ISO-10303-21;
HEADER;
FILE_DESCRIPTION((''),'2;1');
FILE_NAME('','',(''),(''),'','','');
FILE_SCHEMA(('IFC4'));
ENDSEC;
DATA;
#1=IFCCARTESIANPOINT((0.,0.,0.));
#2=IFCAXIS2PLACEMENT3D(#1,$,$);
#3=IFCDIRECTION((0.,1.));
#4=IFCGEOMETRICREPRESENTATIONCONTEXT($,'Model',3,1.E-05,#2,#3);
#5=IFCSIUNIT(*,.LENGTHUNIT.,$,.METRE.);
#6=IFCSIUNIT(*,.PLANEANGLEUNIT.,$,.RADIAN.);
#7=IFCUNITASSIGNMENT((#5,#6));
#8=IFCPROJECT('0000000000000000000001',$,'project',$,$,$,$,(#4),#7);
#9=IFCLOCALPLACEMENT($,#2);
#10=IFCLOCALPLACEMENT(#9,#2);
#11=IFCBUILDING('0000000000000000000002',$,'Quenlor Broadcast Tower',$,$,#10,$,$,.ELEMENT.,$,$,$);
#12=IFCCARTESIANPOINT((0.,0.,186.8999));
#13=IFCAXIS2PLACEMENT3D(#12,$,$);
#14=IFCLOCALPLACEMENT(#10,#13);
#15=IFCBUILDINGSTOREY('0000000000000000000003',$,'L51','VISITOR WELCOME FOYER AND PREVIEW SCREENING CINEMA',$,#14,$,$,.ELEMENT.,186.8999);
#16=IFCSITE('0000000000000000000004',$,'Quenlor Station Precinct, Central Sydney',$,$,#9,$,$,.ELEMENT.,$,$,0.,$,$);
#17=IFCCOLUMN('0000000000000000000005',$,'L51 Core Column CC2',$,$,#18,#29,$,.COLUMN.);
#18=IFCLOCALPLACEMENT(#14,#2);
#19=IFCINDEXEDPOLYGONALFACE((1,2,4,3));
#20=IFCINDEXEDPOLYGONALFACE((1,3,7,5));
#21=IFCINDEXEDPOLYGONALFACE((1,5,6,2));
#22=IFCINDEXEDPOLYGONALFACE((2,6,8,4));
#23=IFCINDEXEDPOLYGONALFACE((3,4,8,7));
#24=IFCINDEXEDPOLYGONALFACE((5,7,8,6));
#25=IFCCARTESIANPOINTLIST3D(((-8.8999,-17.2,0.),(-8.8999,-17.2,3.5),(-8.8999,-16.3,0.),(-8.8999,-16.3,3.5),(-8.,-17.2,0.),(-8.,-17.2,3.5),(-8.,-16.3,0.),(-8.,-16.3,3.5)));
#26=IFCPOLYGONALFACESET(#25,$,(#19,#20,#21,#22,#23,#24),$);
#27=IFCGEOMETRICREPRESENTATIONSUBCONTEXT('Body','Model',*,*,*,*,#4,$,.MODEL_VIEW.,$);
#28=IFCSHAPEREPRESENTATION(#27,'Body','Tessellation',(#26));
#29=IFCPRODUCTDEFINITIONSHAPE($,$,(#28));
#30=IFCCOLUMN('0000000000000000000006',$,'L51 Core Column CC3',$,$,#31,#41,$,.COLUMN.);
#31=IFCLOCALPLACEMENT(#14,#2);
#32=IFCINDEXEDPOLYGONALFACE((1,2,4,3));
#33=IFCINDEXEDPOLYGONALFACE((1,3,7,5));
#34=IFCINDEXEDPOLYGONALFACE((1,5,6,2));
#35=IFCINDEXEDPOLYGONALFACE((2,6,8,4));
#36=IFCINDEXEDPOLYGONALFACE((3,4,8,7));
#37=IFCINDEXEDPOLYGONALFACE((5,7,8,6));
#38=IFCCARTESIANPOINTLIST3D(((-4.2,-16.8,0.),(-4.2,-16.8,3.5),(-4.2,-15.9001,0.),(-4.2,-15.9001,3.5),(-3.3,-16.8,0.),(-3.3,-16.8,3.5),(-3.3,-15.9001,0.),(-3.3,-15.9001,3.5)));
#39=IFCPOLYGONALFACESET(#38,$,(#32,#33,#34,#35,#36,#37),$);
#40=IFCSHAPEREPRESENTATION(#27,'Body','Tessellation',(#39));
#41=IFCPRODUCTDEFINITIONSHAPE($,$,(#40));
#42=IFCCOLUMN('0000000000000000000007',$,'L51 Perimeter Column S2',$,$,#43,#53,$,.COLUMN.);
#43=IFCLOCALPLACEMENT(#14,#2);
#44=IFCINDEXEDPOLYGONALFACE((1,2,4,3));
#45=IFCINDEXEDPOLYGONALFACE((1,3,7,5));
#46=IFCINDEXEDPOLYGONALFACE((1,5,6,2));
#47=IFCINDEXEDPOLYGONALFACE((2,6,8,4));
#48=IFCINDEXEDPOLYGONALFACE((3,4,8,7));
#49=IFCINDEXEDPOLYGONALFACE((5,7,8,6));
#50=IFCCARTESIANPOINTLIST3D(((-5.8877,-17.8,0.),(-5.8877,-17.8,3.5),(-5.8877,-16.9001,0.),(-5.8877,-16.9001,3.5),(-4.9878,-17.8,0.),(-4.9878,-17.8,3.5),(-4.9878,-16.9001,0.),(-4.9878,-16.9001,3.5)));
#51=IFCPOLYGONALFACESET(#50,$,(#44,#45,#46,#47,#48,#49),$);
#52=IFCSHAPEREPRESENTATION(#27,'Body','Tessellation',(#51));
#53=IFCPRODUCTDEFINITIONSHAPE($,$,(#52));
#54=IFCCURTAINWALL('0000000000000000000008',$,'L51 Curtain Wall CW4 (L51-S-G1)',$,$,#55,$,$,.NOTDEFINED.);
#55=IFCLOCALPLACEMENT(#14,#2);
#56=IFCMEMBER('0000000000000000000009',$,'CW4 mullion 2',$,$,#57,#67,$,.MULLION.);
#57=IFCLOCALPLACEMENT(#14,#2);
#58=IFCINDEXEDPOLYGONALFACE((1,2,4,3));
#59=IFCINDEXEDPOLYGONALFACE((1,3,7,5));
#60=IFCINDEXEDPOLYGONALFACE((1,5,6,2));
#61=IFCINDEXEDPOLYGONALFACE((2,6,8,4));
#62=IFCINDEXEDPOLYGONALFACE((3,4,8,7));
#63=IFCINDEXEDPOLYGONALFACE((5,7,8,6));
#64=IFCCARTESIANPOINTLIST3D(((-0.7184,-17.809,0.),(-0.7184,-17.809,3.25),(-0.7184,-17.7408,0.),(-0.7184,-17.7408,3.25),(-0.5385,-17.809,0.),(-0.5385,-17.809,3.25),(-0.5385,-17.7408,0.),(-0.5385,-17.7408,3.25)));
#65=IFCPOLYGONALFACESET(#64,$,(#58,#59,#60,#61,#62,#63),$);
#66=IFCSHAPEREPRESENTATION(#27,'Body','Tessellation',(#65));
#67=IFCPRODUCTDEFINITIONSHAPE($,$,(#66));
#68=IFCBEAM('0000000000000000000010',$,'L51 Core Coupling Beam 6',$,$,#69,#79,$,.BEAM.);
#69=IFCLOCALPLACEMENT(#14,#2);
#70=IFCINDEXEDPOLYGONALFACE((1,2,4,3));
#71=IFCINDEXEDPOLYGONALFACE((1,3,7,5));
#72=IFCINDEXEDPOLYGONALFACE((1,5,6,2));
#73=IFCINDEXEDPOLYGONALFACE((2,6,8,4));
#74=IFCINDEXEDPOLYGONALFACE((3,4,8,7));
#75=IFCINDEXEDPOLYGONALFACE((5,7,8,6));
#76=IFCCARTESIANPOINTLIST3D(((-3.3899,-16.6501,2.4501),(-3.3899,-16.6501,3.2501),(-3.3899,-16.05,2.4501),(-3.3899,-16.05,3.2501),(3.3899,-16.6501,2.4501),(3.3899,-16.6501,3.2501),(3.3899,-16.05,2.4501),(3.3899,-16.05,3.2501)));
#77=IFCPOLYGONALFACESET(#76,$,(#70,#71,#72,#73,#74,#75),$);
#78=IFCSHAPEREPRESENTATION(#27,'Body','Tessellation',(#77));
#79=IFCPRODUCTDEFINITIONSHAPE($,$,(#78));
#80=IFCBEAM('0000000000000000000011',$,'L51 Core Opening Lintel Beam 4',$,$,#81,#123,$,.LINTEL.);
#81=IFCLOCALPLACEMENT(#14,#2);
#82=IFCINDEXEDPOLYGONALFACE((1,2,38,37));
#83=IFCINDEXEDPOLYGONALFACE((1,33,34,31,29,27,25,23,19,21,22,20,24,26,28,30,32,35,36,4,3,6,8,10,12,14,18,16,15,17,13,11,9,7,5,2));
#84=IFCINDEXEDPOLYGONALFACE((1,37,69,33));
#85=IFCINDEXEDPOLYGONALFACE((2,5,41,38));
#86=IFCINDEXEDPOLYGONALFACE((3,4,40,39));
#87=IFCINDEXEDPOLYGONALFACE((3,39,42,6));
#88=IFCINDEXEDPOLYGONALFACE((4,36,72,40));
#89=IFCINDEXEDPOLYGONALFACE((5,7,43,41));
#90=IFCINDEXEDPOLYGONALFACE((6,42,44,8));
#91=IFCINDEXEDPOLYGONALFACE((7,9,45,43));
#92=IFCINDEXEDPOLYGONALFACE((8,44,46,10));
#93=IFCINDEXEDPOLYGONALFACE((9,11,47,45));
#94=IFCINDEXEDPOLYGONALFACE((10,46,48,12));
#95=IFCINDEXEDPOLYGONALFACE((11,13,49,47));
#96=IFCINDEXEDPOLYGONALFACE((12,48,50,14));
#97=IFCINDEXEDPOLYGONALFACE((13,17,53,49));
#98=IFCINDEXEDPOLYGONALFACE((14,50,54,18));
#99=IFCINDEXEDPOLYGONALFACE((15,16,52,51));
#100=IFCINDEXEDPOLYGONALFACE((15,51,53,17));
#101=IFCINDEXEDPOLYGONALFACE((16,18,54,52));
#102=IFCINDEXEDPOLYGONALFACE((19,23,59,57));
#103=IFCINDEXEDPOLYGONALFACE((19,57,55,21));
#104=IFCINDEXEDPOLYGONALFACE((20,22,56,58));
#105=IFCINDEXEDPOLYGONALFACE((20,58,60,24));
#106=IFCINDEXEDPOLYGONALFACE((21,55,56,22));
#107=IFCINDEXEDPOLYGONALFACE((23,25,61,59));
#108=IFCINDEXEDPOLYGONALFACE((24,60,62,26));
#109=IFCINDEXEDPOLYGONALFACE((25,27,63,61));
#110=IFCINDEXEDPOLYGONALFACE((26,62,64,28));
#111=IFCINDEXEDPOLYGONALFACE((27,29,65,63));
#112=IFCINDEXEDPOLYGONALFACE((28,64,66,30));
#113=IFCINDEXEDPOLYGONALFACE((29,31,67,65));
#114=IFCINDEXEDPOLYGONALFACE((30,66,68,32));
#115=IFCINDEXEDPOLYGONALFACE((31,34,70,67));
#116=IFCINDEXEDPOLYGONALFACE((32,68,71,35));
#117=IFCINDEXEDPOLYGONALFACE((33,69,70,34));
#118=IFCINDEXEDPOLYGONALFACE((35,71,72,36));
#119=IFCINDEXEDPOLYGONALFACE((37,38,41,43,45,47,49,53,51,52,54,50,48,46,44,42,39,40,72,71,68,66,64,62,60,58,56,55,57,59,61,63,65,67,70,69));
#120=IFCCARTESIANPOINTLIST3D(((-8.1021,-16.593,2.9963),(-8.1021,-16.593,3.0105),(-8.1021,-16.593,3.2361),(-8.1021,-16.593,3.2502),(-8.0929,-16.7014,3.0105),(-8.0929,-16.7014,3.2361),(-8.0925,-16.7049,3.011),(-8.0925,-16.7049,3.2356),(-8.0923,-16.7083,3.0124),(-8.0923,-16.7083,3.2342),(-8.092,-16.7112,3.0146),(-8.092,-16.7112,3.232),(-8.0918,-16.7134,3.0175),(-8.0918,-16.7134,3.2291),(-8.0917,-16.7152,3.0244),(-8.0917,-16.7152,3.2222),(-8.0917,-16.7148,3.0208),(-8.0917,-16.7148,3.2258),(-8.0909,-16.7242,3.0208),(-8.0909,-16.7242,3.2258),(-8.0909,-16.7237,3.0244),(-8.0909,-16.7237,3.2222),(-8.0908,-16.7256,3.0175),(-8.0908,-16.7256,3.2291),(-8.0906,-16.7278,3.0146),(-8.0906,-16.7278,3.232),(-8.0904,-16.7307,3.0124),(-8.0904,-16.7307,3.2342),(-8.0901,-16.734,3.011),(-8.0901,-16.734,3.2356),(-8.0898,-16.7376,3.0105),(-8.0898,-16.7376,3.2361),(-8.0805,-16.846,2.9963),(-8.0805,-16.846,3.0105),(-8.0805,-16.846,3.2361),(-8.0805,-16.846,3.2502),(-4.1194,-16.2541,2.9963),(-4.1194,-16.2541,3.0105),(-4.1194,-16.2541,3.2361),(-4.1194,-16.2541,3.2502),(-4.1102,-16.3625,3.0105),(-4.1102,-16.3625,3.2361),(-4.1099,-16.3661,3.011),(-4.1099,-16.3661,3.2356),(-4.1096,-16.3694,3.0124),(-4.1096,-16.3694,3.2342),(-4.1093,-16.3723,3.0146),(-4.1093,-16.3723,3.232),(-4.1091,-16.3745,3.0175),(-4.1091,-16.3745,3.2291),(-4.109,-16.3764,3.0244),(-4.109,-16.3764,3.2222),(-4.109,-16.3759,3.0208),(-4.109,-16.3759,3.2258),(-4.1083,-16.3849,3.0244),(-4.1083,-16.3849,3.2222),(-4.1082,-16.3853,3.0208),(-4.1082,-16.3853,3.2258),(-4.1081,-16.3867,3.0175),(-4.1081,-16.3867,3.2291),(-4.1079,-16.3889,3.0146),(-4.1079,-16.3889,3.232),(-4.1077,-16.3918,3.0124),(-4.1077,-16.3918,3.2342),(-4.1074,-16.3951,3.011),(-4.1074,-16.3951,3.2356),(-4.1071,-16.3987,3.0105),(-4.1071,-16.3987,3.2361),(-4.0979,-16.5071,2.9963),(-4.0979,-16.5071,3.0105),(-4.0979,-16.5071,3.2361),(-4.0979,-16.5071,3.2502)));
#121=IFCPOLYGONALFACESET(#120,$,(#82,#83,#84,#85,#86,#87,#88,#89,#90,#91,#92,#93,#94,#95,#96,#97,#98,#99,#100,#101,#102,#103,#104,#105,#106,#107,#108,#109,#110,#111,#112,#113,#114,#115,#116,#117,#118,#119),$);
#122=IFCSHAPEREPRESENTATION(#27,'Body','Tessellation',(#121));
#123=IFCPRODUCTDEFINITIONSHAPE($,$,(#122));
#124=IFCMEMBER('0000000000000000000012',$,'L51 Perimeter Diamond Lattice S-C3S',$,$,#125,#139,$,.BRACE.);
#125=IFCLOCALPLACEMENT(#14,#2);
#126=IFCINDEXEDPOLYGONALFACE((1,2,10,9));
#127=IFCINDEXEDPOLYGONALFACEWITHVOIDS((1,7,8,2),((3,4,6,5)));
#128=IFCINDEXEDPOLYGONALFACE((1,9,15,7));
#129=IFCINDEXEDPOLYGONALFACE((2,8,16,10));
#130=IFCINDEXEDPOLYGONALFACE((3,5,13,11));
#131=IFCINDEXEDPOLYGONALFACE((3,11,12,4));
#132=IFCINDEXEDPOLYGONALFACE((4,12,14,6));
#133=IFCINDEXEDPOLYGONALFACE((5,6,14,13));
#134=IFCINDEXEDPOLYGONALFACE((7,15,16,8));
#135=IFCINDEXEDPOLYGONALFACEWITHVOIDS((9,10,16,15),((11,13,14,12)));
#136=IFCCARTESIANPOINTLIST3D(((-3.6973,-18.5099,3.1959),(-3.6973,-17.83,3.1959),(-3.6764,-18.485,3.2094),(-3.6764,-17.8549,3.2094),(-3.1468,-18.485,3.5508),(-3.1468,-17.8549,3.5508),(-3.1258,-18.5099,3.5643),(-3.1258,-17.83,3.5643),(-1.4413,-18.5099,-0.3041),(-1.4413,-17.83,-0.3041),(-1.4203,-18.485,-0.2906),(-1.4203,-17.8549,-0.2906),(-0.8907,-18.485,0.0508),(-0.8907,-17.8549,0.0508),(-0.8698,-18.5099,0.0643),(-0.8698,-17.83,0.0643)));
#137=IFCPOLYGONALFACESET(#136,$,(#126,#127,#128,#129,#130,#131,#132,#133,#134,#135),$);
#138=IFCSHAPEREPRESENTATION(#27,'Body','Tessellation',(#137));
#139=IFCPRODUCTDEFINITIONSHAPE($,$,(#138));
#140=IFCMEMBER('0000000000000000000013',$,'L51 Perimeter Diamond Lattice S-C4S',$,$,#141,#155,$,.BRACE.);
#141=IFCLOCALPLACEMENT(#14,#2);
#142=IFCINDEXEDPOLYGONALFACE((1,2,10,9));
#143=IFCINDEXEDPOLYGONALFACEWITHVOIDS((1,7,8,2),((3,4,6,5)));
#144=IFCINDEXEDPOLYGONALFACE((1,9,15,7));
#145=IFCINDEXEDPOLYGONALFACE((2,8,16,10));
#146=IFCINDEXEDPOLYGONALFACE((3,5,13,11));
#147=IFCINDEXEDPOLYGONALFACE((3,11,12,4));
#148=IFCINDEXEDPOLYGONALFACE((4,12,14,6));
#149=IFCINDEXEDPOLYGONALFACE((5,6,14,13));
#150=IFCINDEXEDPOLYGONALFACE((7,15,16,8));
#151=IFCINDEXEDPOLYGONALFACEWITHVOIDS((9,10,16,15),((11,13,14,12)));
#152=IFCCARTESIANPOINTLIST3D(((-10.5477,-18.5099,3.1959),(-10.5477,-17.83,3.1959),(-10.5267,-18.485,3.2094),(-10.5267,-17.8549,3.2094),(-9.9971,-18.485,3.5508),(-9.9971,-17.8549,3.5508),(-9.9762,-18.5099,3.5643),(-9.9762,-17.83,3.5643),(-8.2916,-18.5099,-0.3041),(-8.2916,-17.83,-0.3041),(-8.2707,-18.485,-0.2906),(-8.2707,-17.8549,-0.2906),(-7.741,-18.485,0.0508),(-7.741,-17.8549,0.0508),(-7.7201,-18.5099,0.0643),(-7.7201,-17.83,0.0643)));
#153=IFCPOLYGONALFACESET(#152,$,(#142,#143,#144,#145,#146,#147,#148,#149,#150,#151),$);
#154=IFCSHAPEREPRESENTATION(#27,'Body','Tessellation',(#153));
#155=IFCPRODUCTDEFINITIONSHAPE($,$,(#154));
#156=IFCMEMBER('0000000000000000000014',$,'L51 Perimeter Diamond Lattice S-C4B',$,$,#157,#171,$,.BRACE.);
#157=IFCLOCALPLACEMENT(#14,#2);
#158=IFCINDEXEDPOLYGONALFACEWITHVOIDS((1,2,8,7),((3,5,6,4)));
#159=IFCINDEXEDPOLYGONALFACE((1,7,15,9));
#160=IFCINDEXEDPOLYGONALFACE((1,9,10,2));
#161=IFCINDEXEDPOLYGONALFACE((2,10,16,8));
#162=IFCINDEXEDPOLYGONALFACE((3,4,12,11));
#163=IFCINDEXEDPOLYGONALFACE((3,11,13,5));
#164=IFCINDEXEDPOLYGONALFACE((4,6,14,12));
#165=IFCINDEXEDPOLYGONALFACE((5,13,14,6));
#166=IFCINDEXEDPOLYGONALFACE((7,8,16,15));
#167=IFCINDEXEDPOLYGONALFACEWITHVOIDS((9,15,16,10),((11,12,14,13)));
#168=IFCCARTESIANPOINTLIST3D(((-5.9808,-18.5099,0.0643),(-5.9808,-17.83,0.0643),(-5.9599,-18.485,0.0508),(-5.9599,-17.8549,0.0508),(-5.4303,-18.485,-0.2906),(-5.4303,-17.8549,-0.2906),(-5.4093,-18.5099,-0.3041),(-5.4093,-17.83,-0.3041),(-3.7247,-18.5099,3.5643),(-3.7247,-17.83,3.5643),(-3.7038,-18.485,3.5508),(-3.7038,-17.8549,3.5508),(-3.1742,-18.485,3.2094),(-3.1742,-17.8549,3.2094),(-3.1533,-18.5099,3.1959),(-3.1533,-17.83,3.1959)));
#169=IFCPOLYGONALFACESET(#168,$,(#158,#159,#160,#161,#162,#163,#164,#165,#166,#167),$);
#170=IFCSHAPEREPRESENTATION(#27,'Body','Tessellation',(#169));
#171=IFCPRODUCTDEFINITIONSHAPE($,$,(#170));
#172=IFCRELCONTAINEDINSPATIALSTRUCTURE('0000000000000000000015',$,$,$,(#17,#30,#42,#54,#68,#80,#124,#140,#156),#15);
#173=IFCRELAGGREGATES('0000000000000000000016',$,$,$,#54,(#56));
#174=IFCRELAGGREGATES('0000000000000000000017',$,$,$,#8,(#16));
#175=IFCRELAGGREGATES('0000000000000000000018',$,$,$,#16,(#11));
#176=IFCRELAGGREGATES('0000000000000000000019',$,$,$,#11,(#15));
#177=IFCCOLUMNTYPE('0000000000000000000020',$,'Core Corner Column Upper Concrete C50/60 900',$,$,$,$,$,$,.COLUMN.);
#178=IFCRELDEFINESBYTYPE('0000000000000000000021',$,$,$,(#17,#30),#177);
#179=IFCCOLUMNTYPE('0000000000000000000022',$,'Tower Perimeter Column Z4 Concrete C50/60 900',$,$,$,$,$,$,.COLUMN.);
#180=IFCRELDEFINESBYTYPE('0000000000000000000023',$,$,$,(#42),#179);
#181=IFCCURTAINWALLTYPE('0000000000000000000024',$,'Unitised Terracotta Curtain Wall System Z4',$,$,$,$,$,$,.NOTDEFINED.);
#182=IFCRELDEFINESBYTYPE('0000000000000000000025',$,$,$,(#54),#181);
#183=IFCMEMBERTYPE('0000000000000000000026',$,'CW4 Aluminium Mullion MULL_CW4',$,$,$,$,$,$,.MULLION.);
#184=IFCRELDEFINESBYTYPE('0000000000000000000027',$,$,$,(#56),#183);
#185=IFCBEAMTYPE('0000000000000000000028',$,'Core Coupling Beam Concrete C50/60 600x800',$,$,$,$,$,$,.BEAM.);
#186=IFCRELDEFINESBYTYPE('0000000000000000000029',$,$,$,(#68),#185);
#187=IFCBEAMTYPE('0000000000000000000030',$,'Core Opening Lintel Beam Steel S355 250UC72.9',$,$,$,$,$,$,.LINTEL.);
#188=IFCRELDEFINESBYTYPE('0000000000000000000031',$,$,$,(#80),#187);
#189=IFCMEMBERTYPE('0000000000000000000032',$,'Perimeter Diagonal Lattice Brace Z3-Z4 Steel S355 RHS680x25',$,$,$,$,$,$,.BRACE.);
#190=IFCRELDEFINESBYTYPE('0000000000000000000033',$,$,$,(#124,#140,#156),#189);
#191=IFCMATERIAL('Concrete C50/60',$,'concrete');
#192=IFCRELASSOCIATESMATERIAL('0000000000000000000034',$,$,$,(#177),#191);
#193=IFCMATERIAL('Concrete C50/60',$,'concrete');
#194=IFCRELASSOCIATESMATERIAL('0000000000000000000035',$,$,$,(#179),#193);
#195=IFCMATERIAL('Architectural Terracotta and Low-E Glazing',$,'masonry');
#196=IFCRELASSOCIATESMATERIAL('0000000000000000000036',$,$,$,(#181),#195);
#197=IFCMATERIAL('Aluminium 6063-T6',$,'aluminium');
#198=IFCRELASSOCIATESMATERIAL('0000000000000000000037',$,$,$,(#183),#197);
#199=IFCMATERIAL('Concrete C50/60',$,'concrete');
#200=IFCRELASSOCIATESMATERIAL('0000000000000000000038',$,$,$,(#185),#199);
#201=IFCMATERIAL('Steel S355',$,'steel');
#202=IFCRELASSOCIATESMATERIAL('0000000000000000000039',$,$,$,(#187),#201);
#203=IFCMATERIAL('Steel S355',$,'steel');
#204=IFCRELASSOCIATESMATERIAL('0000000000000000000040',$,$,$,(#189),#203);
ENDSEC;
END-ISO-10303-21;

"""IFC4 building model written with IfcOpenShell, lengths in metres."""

from ifc_helpers import new_model, si_unit, direction, frame, origin, origin_2d, place, context, subcontext, project, spatial, rectangle, hollow_rectangle, i_section, extrude, material, material_profile, profile_set, type_object, element, aggregate, save


model = new_model("IFC4")

# Units and contexts
model_context = context("Model", 3, precision=1e-05, world=origin(), true_north=direction((0.0, 1.0)))
body_context = subcontext(model_context, "Body", "Model", "MODEL_VIEW")
ifc_project = project(units=[si_unit("LENGTHUNIT", "METRE"), si_unit("PLANEANGLEUNIT", "RADIAN")], contexts=[model_context])

# Site, building, storey
site_placement = place(None, origin())
site = spatial("IfcSite", under=ifc_project, at=site_placement, Name="Quenlor Station Precinct, Central Sydney", CompositionType="ELEMENT", RefElevation=0.0)
building_placement = place(site_placement, origin())
building = spatial("IfcBuilding", under=site, at=building_placement, Name="Quenlor Broadcast Tower", CompositionType="ELEMENT")
storey_placement = place(building_placement, frame((0.0, 0.0, 186.8999)))
storey = spatial("IfcBuildingStorey", under=building, at=storey_placement, Name="L51", Description="VISITOR WELCOME FOYER AND PREVIEW SCREENING CINEMA", CompositionType="ELEMENT", Elevation=186.8999)

# Columns
ifc_material_1 = material(Name="Concrete C50/60", Category="concrete")
ifc_material_profile_1 = material_profile(ifc_material_1, rectangle(XDim=0.8999, YDim=0.8999, at=origin_2d()))
ifc_profile_set_1 = profile_set([ifc_material_profile_1], Name="Concrete C50/60 RC900x900")
column_type_1 = type_object("IfcColumnType", Name="Core Corner Column Upper Concrete C50/60 900", PredefinedType="COLUMN", material=ifc_profile_set_1)
for number, where, z_axis, x_axis, name in (
    (1, (-8.45, -16.75, 0.0), (0.0, 0.0, 1.0), (1.0, 0.0, 0.0), "L51 Core Column CC2"),
    (2, (-3.75, -16.3501, 0.0), (0.0, 0.0, 1.0), (1.0, 0.0, 0.0), "L51 Core Column CC3"),
):
    element("IfcColumn", number, at=place(storey_placement, frame(where, z_axis=z_axis, x_axis=x_axis)), inside=storey, type_object=column_type_1, Name=name, PredefinedType="COLUMN", context=body_context, shape_type="SweptSolid", body=[
        extrude(rectangle(XDim=0.8999, YDim=0.8999, at=origin_2d()), origin(), (0.0, 0.0, 1.0), 3.5),
    ])
ifc_material_2 = material(Name="Concrete C50/60", Category="concrete")
ifc_material_profile_2 = material_profile(ifc_material_2, rectangle(XDim=0.8999, YDim=0.8999, at=origin_2d()))
ifc_profile_set_2 = profile_set([ifc_material_profile_2], Name="Concrete C50/60 RC900x900")
column_type_2 = type_object("IfcColumnType", Name="Tower Perimeter Column Z4 Concrete C50/60 900", PredefinedType="COLUMN", material=ifc_profile_set_2)
column_placement = place(storey_placement, frame((-5.4377, -17.3501, 0.0), z_axis=(0.0, 0.0, 1.0), x_axis=(0.0, 1.0, 0.0)))
element("IfcColumn", 3, at=column_placement, inside=storey, type_object=column_type_2, Name="L51 Perimeter Column S2", PredefinedType="COLUMN", context=body_context, shape_type="SweptSolid", body=[
    extrude(rectangle(XDim=0.8999, YDim=0.8999, at=origin_2d()), origin(), (0.0, 0.0, 1.0), 3.5),
])

# Curtain wall, member
ifc_material_3 = material(Name="Architectural Terracotta and Low-E Glazing", Category="masonry")
curtain_wall_type = type_object("IfcCurtainWallType", Name="Unitised Terracotta Curtain Wall System Z4", PredefinedType="NOTDEFINED", material=ifc_material_3)
curtain_wall_placement = place(storey_placement, origin())
curtain_wall = element("IfcCurtainWall", 4, at=curtain_wall_placement, inside=storey, type_object=curtain_wall_type, Name="L51 Curtain Wall CW4 (L51-S-G1)", PredefinedType="NOTDEFINED")
ifc_material_4 = material(Name="Aluminium 6063-T6", Category="aluminium")
ifc_material_profile_3 = material_profile(ifc_material_4, rectangle(XDim=0.0681, YDim=0.1799, at=origin_2d()))
ifc_profile_set_3 = profile_set([ifc_material_profile_3], Name="Aluminium 6063-T6 MULL68x180")
member_type_1 = type_object("IfcMemberType", Name="CW4 Aluminium Mullion MULL_CW4", PredefinedType="MULLION", material=ifc_profile_set_3)
member_placement = place(storey_placement, frame((-0.6284, -17.7749, 0.0), z_axis=(0.0, 0.0, 1.0), x_axis=(0.0, -1.0, 0.0)))
member = element("IfcMember", 5, at=member_placement, type_object=member_type_1, Name="CW4 mullion 2", PredefinedType="MULLION", context=body_context, shape_type="SweptSolid", body=[
    extrude(rectangle(XDim=0.0681, YDim=0.1799, at=origin_2d()), origin(), (0.0, 0.0, 1.0), 3.25),
])

# Beams
ifc_material_5 = material(Name="Concrete C50/60", Category="concrete")
ifc_material_profile_4 = material_profile(ifc_material_5, rectangle(XDim=0.6001, YDim=0.8, at=origin_2d()))
ifc_profile_set_4 = profile_set([ifc_material_profile_4], Name="Concrete C50/60 RCB600x800")
beam_type_1 = type_object("IfcBeamType", Name="Core Coupling Beam Concrete C50/60 600x800", PredefinedType="BEAM", material=ifc_profile_set_4)
beam_1_placement = place(storey_placement, frame((-3.3899, -16.3501, 2.8501), z_axis=(1.0, 0.0, 0.0), x_axis=(0.0, 1.0, 0.0)))
element("IfcBeam", 6, at=beam_1_placement, inside=storey, type_object=beam_type_1, Name="L51 Core Coupling Beam 6", PredefinedType="BEAM", context=body_context, shape_type="SweptSolid", body=[
    extrude(rectangle(XDim=0.6001, YDim=0.8, at=origin_2d()), origin(), (0.0, 0.0, 1.0), 6.7798),
])
ifc_material_6 = material(Name="Steel S355", Category="steel")
ifc_material_profile_5 = material_profile(ifc_material_6, i_section(OverallWidth=0.2539, OverallDepth=0.2539, WebThickness=0.0085, FlangeThickness=0.0142, FilletRadius=0.0139, at=origin_2d()))
ifc_profile_set_5 = profile_set([ifc_material_profile_5], Name="Steel S355 250UC72.9")
beam_type_2 = type_object("IfcBeamType", Name="Core Opening Lintel Beam Steel S355 250UC72.9", PredefinedType="LINTEL", material=ifc_profile_set_5)
beam_2_placement = place(storey_placement, frame((-8.0913, -16.7195, 3.1233), z_axis=(0.9964, 0.084779, 0.0), x_axis=(-0.084779, 0.9964, 0.0)))
element("IfcBeam", 7, at=beam_2_placement, inside=storey, type_object=beam_type_2, Name="L51 Core Opening Lintel Beam 4", PredefinedType="LINTEL", context=body_context, shape_type="SweptSolid", body=[
    extrude(i_section(OverallWidth=0.2539, OverallDepth=0.2539, WebThickness=0.0085, FlangeThickness=0.0142, FilletRadius=0.0139, at=origin_2d()), origin(), (0.0, 0.0, 1.0), 3.9971),
])

# Members
ifc_material_7 = material(Name="Steel S355", Category="steel")
ifc_material_profile_6 = material_profile(ifc_material_7, hollow_rectangle(XDim=0.6799, YDim=0.6799, WallThickness=0.0249, at=origin_2d()))
ifc_profile_set_6 = profile_set([ifc_material_profile_6], Name="Steel S355 RHS680x680x25")
member_type_2 = type_object("IfcMemberType", Name="Perimeter Diagonal Lattice Brace Z3-Z4 Steel S355 RHS680x25", PredefinedType="BRACE", material=ifc_profile_set_6)
for number, where, z_axis, x_axis, name in (
    (8, (-1.1555, -18.1699, -0.1199), (-0.541794, 0.0, 0.840511), (0.0, -1.0, 0.0), "L51 Perimeter Diamond Lattice S-C3S"),
    (9, (-8.0059, -18.1699, -0.1199), (-0.541794, 0.0, 0.840511), (0.0, -1.0, 0.0), "L51 Perimeter Diamond Lattice S-C4S"),
    (10, (-5.6951, -18.1699, -0.1199), (0.541794, 0.0, 0.840511), (0.0, 1.0, 0.0), "L51 Perimeter Diamond Lattice S-C4B"),
):
    element("IfcMember", number, at=place(storey_placement, frame(where, z_axis=z_axis, x_axis=x_axis)), inside=storey, type_object=member_type_2, Name=name, PredefinedType="BRACE", context=body_context, shape_type="SweptSolid", body=[
        extrude(hollow_rectangle(XDim=0.6799, YDim=0.6799, WallThickness=0.0249, at=origin_2d()), origin(), (0.0, 0.0, 1.0), 4.1641),
    ])

aggregate(curtain_wall, [member])

save(model, "model.ifc")
